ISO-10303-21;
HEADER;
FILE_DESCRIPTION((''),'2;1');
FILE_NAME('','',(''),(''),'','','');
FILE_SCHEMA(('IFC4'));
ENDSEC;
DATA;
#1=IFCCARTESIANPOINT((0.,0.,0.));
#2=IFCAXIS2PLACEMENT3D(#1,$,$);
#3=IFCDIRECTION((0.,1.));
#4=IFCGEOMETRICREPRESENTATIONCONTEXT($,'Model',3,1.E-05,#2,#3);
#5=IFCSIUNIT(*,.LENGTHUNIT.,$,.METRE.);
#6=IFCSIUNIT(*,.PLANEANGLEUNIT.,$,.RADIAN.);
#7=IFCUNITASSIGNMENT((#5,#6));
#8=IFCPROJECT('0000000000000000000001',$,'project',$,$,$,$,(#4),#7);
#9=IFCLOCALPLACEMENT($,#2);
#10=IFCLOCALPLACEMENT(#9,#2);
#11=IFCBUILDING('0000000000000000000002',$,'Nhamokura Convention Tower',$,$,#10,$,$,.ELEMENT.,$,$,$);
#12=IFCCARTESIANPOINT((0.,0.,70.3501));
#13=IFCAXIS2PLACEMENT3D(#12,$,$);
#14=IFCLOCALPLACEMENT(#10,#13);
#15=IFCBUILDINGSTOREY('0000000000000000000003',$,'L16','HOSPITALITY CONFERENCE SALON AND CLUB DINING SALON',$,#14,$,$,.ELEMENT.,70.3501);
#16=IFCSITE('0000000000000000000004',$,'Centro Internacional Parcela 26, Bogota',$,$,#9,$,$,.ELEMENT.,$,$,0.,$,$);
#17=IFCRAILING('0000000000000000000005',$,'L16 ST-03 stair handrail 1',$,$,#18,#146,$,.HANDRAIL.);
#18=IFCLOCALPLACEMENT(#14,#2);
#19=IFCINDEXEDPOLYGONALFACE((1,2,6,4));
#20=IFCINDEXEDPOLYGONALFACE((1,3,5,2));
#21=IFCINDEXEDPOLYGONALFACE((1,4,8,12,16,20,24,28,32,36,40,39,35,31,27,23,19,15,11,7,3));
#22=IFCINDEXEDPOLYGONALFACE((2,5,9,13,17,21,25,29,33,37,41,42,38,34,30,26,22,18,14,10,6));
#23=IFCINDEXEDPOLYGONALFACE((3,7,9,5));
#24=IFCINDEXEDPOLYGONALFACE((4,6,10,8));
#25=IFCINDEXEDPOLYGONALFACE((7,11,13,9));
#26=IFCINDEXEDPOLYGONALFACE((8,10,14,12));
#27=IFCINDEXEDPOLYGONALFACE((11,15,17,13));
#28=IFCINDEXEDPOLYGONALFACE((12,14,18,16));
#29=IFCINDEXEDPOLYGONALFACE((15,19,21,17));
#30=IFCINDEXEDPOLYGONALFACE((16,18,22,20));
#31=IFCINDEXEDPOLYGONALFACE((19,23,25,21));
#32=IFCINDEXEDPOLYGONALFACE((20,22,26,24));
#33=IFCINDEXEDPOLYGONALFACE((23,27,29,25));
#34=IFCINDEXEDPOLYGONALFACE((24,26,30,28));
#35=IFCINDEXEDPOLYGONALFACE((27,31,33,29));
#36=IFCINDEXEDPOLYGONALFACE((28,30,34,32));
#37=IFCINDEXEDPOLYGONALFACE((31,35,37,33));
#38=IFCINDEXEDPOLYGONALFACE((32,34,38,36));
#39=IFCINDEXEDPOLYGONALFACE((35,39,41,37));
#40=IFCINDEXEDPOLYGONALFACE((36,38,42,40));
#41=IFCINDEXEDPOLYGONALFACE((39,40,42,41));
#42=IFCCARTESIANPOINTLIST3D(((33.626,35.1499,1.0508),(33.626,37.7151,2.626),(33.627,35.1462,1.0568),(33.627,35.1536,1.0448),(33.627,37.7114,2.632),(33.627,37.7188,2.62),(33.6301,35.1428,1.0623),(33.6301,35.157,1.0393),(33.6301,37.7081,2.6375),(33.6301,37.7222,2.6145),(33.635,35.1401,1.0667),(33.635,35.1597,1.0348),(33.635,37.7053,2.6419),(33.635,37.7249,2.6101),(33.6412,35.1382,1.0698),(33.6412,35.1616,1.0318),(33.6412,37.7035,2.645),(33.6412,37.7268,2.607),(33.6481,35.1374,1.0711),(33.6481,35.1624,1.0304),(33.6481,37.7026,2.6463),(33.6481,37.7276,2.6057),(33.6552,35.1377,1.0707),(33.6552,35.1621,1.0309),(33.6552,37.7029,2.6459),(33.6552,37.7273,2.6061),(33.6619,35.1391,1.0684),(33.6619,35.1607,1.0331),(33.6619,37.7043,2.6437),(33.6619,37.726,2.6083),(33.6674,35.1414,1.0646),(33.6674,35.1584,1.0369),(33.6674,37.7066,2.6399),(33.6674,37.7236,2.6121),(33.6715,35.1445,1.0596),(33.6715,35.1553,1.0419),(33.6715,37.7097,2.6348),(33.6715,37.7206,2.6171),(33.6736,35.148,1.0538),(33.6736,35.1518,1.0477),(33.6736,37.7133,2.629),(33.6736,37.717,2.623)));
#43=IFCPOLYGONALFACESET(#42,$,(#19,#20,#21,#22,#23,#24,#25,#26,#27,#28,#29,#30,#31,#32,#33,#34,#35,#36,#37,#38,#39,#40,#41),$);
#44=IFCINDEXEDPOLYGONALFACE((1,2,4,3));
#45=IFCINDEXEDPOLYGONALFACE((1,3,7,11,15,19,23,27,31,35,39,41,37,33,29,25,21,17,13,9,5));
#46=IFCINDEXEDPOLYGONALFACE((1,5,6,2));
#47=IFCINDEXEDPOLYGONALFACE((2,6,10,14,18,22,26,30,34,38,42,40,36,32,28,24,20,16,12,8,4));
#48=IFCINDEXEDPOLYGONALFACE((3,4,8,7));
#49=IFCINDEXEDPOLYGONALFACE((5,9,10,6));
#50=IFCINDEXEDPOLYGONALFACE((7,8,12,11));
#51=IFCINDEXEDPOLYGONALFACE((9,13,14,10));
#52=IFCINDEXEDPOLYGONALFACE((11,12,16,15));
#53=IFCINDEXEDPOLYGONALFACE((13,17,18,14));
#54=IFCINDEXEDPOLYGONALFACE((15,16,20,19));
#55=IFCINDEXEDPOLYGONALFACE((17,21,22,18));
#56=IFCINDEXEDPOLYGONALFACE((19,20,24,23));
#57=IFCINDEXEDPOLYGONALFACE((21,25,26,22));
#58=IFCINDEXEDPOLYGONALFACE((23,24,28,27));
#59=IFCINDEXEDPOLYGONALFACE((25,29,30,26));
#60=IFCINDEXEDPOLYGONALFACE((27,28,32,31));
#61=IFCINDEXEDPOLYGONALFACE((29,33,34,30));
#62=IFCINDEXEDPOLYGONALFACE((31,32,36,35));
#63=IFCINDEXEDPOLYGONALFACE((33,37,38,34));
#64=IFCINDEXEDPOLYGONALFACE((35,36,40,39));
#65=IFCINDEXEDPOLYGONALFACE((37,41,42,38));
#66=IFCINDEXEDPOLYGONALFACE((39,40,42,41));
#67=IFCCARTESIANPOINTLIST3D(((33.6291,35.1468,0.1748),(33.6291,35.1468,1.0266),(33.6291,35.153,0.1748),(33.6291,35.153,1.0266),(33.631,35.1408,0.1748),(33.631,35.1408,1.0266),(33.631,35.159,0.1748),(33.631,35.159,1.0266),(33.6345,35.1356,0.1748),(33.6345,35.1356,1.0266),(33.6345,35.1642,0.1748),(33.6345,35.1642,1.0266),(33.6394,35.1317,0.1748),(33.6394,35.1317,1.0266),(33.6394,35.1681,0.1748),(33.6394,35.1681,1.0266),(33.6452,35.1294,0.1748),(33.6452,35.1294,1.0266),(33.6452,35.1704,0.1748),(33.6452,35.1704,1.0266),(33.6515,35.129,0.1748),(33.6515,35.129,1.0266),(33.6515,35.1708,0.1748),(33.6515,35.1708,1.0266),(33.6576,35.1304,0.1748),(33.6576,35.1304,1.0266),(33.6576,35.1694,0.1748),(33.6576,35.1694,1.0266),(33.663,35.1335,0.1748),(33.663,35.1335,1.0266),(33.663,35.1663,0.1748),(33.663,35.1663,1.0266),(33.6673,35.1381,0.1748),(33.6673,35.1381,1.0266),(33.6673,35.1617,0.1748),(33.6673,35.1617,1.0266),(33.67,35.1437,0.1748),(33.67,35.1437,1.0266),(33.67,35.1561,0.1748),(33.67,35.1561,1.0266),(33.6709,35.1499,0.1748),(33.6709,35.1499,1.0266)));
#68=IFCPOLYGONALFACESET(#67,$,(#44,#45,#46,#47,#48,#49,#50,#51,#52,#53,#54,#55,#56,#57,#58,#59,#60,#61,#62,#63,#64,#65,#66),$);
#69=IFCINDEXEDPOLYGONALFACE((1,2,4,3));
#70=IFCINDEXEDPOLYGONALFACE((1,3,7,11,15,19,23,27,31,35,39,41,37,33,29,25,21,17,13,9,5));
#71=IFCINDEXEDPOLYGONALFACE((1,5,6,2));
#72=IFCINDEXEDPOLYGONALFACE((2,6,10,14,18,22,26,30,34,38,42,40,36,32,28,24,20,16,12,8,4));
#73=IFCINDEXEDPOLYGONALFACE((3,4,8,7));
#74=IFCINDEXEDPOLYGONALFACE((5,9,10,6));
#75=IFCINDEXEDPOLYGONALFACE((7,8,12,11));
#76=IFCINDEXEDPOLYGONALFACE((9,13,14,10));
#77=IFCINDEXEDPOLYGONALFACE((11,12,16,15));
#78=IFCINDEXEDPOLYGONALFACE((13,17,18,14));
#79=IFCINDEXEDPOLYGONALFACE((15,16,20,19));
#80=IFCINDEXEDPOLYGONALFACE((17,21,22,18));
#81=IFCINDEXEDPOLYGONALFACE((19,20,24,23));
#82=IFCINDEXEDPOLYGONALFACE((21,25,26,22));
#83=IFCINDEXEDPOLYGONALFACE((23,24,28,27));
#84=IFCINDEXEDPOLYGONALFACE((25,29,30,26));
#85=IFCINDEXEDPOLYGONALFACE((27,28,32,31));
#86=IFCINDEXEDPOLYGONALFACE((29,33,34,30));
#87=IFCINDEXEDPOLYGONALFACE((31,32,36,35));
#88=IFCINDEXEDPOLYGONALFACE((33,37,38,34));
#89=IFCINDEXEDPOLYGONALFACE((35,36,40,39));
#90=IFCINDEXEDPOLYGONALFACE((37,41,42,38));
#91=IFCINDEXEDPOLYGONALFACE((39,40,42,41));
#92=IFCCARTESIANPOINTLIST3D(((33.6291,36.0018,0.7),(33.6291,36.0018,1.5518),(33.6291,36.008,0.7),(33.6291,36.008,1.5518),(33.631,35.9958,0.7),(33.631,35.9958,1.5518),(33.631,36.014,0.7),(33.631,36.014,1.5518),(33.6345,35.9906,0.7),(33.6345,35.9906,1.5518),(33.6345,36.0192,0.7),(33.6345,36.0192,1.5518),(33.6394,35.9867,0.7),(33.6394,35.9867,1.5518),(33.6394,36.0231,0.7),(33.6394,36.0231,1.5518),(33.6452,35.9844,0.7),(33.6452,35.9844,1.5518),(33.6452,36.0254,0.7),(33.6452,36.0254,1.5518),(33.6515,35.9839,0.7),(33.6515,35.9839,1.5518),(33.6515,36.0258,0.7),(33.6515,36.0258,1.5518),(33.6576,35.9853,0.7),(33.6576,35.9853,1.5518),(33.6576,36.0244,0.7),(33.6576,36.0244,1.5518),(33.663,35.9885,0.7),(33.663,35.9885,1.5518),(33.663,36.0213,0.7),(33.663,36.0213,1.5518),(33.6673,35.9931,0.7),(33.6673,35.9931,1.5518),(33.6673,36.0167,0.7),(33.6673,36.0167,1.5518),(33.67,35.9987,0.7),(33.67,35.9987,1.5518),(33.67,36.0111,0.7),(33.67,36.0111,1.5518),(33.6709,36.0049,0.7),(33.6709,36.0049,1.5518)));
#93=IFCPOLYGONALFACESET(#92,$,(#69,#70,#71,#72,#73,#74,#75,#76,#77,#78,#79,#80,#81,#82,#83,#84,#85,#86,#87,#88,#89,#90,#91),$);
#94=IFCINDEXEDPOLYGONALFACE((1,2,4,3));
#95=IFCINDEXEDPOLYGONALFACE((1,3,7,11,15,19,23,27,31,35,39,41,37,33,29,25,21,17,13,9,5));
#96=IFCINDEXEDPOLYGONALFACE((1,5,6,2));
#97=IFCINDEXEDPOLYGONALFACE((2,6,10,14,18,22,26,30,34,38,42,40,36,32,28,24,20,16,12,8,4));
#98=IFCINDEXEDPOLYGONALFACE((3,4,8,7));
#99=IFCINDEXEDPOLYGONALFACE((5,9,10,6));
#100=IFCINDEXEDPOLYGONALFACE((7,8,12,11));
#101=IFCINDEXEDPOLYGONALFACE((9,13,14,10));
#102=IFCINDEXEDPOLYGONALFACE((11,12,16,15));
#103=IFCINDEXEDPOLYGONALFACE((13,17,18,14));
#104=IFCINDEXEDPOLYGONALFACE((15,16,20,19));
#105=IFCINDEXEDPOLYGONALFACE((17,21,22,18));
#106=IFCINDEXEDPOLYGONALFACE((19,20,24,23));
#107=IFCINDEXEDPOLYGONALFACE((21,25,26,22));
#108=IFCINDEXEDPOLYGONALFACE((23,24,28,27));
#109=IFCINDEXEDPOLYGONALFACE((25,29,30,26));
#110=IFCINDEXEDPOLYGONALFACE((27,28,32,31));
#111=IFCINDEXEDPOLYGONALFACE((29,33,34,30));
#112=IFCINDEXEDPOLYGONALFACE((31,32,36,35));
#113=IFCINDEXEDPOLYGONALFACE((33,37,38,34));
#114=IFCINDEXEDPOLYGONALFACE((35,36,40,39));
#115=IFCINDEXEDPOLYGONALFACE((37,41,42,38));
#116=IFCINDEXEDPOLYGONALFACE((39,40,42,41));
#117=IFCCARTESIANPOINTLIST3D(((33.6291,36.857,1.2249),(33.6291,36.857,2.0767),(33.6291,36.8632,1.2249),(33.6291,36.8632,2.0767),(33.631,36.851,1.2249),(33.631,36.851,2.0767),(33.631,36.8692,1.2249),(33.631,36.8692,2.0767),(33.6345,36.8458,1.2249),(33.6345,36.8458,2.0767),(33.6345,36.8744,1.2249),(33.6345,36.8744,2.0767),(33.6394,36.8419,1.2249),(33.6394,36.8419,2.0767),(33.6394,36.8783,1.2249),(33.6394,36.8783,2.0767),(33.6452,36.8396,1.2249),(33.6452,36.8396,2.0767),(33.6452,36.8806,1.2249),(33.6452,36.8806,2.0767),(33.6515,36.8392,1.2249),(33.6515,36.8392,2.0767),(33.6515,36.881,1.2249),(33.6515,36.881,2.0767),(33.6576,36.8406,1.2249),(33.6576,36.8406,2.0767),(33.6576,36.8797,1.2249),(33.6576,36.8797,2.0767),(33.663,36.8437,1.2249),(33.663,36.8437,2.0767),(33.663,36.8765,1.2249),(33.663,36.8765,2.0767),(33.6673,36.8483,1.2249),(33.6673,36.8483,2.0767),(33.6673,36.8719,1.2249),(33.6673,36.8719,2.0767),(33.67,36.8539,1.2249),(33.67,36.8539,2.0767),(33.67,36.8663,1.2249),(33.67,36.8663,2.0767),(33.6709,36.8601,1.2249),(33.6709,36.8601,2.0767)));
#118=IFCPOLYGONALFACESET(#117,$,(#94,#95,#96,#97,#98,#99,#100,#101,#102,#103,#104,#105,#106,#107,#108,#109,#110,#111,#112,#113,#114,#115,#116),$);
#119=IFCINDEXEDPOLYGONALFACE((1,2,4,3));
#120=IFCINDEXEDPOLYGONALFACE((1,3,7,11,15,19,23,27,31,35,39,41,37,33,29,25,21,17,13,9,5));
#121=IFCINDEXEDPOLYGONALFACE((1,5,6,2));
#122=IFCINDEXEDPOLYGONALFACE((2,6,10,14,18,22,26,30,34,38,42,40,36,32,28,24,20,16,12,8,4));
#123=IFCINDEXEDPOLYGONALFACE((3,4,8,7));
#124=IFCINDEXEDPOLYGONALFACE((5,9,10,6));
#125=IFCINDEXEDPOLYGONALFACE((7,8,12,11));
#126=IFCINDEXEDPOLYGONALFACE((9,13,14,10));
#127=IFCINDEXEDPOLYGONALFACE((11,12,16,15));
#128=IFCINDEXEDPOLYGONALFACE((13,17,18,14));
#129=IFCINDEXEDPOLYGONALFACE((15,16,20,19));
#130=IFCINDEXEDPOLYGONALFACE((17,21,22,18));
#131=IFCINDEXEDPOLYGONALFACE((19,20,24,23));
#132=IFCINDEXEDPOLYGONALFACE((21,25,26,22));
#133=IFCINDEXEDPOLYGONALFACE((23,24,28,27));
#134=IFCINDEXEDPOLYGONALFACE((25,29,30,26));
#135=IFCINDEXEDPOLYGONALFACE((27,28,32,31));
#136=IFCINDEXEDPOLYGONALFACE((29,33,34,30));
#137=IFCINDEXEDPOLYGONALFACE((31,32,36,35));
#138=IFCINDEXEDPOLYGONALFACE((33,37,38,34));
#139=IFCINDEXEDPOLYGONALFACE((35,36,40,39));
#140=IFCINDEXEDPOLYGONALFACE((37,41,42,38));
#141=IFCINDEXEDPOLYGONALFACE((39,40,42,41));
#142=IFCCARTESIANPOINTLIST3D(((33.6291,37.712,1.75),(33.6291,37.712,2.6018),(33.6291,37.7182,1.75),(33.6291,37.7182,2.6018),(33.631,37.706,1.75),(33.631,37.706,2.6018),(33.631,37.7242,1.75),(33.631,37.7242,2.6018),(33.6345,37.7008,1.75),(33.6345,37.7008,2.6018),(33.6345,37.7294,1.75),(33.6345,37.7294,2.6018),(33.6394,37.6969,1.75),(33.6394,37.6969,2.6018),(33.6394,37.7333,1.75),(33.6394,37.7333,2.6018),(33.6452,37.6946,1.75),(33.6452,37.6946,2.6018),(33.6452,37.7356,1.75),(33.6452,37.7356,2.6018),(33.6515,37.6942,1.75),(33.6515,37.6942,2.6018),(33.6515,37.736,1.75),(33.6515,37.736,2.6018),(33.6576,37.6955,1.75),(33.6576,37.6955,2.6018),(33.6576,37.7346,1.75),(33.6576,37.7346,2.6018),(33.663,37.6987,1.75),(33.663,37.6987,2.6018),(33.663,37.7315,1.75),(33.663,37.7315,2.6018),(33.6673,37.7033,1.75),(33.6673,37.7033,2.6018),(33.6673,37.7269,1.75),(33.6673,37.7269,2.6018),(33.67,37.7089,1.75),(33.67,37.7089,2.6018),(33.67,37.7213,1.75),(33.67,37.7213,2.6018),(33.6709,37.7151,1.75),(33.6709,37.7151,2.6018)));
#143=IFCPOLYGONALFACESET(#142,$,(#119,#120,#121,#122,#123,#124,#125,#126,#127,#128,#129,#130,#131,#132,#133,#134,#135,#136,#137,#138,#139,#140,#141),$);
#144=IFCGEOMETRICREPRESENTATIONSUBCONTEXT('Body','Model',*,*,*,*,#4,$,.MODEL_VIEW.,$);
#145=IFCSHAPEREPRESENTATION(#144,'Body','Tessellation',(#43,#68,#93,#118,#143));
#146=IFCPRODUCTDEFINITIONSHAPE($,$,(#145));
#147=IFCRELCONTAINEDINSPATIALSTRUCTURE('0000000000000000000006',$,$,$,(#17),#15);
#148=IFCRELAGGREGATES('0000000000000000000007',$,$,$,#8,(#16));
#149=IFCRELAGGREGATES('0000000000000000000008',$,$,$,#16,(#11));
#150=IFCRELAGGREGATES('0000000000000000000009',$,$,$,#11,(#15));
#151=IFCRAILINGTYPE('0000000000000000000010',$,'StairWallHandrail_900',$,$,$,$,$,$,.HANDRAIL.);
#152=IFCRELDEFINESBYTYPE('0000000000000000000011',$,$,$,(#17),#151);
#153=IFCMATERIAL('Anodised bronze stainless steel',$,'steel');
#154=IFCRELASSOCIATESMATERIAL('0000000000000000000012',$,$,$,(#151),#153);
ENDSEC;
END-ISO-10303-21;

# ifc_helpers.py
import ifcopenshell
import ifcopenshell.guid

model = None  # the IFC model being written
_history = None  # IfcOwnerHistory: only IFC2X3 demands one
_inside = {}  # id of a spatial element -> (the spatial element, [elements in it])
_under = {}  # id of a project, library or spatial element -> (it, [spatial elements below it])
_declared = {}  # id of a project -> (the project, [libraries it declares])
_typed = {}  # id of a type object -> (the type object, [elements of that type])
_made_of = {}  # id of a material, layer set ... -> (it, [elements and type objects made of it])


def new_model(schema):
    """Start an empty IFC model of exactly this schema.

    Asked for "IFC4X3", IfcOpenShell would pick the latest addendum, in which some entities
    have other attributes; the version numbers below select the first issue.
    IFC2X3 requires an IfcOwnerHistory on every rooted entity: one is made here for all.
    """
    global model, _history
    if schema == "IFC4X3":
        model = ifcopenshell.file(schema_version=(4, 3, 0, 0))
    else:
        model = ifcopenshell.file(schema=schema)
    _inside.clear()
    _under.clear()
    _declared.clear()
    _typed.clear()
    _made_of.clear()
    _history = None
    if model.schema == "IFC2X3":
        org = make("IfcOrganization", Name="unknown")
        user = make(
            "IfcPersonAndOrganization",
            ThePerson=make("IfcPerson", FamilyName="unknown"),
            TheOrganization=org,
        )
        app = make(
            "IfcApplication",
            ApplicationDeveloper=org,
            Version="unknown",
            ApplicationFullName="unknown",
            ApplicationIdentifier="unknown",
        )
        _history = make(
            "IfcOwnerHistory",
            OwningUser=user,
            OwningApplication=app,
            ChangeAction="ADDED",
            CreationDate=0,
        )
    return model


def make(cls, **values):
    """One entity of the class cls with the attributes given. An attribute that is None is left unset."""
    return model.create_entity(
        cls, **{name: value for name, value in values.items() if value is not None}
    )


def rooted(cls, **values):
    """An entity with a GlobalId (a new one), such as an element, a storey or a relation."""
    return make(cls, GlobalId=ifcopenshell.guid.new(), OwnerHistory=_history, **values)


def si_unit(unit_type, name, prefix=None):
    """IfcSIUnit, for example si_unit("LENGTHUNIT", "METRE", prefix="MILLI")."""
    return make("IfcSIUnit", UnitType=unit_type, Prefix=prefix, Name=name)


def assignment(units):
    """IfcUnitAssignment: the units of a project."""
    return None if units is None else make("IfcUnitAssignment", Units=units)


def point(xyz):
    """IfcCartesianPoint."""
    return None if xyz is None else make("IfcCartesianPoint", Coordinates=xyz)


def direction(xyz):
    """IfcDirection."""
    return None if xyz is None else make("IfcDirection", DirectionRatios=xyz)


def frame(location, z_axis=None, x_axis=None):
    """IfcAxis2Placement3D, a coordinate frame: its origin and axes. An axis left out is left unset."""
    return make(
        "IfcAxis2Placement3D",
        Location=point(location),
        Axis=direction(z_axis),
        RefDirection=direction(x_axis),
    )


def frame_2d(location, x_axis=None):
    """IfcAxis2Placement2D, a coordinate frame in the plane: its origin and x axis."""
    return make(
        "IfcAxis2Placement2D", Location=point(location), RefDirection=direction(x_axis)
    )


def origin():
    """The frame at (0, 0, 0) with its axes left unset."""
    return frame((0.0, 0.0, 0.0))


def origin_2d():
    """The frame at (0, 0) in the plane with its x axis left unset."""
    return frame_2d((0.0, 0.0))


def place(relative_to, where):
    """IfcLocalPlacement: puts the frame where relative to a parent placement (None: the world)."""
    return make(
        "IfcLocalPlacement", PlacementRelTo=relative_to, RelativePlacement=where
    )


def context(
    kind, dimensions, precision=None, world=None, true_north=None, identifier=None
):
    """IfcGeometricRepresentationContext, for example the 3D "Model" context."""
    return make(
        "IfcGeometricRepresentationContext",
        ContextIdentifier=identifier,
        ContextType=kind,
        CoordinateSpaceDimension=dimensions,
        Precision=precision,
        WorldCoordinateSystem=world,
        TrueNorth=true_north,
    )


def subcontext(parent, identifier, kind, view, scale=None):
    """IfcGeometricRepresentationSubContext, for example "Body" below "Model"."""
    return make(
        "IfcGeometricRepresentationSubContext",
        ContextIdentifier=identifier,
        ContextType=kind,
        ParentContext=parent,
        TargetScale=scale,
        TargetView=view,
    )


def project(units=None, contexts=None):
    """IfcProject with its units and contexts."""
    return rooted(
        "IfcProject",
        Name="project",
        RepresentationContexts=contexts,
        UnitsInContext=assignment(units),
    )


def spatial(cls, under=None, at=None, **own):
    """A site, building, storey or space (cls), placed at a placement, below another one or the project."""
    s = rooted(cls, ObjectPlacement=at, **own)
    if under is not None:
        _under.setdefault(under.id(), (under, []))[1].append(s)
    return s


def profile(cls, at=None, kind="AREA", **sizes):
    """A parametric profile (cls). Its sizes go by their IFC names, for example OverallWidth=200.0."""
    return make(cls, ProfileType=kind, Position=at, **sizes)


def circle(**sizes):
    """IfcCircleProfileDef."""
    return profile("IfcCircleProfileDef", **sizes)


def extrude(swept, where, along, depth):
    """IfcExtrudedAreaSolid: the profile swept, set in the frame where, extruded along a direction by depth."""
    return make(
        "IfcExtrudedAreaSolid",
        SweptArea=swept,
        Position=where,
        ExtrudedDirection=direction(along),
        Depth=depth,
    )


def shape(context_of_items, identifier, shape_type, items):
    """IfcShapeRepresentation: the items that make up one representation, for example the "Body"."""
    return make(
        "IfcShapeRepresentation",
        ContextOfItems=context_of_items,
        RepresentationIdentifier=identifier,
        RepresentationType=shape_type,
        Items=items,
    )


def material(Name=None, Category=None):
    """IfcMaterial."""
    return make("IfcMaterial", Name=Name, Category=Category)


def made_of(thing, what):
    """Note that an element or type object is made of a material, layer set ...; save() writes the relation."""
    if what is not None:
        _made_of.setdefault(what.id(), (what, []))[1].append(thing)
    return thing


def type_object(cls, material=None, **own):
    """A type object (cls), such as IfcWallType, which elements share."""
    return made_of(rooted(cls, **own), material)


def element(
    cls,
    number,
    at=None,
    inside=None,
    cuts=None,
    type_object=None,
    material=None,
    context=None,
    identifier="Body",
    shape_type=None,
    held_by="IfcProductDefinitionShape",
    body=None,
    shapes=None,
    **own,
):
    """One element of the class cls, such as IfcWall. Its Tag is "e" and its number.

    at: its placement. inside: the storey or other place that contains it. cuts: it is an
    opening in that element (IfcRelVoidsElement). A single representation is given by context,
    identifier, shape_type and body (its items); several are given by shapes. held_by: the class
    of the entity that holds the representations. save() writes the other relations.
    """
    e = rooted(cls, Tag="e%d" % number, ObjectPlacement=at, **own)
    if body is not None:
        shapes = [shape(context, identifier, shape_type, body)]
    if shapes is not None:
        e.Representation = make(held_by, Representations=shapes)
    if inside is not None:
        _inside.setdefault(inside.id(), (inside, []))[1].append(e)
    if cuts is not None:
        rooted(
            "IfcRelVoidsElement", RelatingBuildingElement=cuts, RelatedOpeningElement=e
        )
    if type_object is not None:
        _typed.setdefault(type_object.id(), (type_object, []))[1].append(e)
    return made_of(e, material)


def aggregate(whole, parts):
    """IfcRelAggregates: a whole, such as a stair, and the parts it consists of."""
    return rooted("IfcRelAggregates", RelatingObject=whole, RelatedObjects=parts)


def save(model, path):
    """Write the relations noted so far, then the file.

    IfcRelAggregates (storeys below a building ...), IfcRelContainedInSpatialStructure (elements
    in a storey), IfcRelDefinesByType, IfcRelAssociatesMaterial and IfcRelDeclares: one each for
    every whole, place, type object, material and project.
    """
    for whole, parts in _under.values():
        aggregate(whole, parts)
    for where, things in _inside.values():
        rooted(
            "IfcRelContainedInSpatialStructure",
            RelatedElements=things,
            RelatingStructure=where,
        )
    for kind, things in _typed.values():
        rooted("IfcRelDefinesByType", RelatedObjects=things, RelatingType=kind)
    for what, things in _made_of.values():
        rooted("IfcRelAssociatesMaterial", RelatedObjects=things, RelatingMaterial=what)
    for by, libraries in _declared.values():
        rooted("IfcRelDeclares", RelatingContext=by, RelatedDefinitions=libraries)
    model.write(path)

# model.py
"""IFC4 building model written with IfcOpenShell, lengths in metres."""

from ifc_helpers import new_model, si_unit, direction, frame, origin, origin_2d, place, context, subcontext, project, spatial, circle, extrude, material, type_object, element, save


model = new_model("IFC4")

# Units and contexts
model_context = context("Model", 3, precision=1e-05, world=origin(), true_north=direction((0.0, 1.0)))
body_context = subcontext(model_context, "Body", "Model", "MODEL_VIEW")
ifc_project = project(units=[si_unit("LENGTHUNIT", "METRE"), si_unit("PLANEANGLEUNIT", "RADIAN")], contexts=[model_context])

# Site, building, storey
site_placement = place(None, origin())
site = spatial("IfcSite", under=ifc_project, at=site_placement, Name="Centro Internacional Parcela 26, Bogota", CompositionType="ELEMENT", RefElevation=0.0)
building_placement = place(site_placement, origin())
building = spatial("IfcBuilding", under=site, at=building_placement, Name="Nhamokura Convention Tower", CompositionType="ELEMENT")
storey_placement = place(building_placement, frame((0.0, 0.0, 70.3501)))
storey = spatial("IfcBuildingStorey", under=building, at=storey_placement, Name="L16", Description="HOSPITALITY CONFERENCE SALON AND CLUB DINING SALON", CompositionType="ELEMENT", Elevation=70.3501)

# Railing
ifc_material_1 = material(Name="Anodised bronze stainless steel", Category="steel")
railing_type_1 = type_object("IfcRailingType", Name="StairWallHandrail_900", PredefinedType="HANDRAIL", material=ifc_material_1)
railing_1_placement = place(storey_placement, frame((33.6499, 35.1499, 0.1748)))
element("IfcRailing", 1, at=railing_1_placement, inside=storey, type_object=railing_type_1, Name="L16 ST-03 stair handrail 1", PredefinedType="HANDRAIL", context=body_context, shape_type="SweptSolid", body=[
    extrude(circle(Radius=0.0239, at=origin_2d()), frame((0.0, 0.0, 0.876), z_axis=(0.0, 0.852159, 0.523283), x_axis=(-1.0, 0.0, 0.0)), (0.0, 0.0, 1.0), 3.0103),
    extrude(circle(Radius=0.021, at=origin_2d()), origin(), (0.0, 0.0, 1.0), 0.8518),
    extrude(circle(Radius=0.021, at=origin_2d()), frame((0.0, 0.855, 0.5251)), (0.0, 0.0, 1.0), 0.8518),
    extrude(circle(Radius=0.021, at=origin_2d()), frame((0.0, 1.7102, 1.05)), (0.0, 0.0, 1.0), 0.8518),
    extrude(circle(Radius=0.021, at=origin_2d()), frame((0.0, 2.5652, 1.5752)), (0.0, 0.0, 1.0), 0.8518),
])

save(model, "model.ifc")
